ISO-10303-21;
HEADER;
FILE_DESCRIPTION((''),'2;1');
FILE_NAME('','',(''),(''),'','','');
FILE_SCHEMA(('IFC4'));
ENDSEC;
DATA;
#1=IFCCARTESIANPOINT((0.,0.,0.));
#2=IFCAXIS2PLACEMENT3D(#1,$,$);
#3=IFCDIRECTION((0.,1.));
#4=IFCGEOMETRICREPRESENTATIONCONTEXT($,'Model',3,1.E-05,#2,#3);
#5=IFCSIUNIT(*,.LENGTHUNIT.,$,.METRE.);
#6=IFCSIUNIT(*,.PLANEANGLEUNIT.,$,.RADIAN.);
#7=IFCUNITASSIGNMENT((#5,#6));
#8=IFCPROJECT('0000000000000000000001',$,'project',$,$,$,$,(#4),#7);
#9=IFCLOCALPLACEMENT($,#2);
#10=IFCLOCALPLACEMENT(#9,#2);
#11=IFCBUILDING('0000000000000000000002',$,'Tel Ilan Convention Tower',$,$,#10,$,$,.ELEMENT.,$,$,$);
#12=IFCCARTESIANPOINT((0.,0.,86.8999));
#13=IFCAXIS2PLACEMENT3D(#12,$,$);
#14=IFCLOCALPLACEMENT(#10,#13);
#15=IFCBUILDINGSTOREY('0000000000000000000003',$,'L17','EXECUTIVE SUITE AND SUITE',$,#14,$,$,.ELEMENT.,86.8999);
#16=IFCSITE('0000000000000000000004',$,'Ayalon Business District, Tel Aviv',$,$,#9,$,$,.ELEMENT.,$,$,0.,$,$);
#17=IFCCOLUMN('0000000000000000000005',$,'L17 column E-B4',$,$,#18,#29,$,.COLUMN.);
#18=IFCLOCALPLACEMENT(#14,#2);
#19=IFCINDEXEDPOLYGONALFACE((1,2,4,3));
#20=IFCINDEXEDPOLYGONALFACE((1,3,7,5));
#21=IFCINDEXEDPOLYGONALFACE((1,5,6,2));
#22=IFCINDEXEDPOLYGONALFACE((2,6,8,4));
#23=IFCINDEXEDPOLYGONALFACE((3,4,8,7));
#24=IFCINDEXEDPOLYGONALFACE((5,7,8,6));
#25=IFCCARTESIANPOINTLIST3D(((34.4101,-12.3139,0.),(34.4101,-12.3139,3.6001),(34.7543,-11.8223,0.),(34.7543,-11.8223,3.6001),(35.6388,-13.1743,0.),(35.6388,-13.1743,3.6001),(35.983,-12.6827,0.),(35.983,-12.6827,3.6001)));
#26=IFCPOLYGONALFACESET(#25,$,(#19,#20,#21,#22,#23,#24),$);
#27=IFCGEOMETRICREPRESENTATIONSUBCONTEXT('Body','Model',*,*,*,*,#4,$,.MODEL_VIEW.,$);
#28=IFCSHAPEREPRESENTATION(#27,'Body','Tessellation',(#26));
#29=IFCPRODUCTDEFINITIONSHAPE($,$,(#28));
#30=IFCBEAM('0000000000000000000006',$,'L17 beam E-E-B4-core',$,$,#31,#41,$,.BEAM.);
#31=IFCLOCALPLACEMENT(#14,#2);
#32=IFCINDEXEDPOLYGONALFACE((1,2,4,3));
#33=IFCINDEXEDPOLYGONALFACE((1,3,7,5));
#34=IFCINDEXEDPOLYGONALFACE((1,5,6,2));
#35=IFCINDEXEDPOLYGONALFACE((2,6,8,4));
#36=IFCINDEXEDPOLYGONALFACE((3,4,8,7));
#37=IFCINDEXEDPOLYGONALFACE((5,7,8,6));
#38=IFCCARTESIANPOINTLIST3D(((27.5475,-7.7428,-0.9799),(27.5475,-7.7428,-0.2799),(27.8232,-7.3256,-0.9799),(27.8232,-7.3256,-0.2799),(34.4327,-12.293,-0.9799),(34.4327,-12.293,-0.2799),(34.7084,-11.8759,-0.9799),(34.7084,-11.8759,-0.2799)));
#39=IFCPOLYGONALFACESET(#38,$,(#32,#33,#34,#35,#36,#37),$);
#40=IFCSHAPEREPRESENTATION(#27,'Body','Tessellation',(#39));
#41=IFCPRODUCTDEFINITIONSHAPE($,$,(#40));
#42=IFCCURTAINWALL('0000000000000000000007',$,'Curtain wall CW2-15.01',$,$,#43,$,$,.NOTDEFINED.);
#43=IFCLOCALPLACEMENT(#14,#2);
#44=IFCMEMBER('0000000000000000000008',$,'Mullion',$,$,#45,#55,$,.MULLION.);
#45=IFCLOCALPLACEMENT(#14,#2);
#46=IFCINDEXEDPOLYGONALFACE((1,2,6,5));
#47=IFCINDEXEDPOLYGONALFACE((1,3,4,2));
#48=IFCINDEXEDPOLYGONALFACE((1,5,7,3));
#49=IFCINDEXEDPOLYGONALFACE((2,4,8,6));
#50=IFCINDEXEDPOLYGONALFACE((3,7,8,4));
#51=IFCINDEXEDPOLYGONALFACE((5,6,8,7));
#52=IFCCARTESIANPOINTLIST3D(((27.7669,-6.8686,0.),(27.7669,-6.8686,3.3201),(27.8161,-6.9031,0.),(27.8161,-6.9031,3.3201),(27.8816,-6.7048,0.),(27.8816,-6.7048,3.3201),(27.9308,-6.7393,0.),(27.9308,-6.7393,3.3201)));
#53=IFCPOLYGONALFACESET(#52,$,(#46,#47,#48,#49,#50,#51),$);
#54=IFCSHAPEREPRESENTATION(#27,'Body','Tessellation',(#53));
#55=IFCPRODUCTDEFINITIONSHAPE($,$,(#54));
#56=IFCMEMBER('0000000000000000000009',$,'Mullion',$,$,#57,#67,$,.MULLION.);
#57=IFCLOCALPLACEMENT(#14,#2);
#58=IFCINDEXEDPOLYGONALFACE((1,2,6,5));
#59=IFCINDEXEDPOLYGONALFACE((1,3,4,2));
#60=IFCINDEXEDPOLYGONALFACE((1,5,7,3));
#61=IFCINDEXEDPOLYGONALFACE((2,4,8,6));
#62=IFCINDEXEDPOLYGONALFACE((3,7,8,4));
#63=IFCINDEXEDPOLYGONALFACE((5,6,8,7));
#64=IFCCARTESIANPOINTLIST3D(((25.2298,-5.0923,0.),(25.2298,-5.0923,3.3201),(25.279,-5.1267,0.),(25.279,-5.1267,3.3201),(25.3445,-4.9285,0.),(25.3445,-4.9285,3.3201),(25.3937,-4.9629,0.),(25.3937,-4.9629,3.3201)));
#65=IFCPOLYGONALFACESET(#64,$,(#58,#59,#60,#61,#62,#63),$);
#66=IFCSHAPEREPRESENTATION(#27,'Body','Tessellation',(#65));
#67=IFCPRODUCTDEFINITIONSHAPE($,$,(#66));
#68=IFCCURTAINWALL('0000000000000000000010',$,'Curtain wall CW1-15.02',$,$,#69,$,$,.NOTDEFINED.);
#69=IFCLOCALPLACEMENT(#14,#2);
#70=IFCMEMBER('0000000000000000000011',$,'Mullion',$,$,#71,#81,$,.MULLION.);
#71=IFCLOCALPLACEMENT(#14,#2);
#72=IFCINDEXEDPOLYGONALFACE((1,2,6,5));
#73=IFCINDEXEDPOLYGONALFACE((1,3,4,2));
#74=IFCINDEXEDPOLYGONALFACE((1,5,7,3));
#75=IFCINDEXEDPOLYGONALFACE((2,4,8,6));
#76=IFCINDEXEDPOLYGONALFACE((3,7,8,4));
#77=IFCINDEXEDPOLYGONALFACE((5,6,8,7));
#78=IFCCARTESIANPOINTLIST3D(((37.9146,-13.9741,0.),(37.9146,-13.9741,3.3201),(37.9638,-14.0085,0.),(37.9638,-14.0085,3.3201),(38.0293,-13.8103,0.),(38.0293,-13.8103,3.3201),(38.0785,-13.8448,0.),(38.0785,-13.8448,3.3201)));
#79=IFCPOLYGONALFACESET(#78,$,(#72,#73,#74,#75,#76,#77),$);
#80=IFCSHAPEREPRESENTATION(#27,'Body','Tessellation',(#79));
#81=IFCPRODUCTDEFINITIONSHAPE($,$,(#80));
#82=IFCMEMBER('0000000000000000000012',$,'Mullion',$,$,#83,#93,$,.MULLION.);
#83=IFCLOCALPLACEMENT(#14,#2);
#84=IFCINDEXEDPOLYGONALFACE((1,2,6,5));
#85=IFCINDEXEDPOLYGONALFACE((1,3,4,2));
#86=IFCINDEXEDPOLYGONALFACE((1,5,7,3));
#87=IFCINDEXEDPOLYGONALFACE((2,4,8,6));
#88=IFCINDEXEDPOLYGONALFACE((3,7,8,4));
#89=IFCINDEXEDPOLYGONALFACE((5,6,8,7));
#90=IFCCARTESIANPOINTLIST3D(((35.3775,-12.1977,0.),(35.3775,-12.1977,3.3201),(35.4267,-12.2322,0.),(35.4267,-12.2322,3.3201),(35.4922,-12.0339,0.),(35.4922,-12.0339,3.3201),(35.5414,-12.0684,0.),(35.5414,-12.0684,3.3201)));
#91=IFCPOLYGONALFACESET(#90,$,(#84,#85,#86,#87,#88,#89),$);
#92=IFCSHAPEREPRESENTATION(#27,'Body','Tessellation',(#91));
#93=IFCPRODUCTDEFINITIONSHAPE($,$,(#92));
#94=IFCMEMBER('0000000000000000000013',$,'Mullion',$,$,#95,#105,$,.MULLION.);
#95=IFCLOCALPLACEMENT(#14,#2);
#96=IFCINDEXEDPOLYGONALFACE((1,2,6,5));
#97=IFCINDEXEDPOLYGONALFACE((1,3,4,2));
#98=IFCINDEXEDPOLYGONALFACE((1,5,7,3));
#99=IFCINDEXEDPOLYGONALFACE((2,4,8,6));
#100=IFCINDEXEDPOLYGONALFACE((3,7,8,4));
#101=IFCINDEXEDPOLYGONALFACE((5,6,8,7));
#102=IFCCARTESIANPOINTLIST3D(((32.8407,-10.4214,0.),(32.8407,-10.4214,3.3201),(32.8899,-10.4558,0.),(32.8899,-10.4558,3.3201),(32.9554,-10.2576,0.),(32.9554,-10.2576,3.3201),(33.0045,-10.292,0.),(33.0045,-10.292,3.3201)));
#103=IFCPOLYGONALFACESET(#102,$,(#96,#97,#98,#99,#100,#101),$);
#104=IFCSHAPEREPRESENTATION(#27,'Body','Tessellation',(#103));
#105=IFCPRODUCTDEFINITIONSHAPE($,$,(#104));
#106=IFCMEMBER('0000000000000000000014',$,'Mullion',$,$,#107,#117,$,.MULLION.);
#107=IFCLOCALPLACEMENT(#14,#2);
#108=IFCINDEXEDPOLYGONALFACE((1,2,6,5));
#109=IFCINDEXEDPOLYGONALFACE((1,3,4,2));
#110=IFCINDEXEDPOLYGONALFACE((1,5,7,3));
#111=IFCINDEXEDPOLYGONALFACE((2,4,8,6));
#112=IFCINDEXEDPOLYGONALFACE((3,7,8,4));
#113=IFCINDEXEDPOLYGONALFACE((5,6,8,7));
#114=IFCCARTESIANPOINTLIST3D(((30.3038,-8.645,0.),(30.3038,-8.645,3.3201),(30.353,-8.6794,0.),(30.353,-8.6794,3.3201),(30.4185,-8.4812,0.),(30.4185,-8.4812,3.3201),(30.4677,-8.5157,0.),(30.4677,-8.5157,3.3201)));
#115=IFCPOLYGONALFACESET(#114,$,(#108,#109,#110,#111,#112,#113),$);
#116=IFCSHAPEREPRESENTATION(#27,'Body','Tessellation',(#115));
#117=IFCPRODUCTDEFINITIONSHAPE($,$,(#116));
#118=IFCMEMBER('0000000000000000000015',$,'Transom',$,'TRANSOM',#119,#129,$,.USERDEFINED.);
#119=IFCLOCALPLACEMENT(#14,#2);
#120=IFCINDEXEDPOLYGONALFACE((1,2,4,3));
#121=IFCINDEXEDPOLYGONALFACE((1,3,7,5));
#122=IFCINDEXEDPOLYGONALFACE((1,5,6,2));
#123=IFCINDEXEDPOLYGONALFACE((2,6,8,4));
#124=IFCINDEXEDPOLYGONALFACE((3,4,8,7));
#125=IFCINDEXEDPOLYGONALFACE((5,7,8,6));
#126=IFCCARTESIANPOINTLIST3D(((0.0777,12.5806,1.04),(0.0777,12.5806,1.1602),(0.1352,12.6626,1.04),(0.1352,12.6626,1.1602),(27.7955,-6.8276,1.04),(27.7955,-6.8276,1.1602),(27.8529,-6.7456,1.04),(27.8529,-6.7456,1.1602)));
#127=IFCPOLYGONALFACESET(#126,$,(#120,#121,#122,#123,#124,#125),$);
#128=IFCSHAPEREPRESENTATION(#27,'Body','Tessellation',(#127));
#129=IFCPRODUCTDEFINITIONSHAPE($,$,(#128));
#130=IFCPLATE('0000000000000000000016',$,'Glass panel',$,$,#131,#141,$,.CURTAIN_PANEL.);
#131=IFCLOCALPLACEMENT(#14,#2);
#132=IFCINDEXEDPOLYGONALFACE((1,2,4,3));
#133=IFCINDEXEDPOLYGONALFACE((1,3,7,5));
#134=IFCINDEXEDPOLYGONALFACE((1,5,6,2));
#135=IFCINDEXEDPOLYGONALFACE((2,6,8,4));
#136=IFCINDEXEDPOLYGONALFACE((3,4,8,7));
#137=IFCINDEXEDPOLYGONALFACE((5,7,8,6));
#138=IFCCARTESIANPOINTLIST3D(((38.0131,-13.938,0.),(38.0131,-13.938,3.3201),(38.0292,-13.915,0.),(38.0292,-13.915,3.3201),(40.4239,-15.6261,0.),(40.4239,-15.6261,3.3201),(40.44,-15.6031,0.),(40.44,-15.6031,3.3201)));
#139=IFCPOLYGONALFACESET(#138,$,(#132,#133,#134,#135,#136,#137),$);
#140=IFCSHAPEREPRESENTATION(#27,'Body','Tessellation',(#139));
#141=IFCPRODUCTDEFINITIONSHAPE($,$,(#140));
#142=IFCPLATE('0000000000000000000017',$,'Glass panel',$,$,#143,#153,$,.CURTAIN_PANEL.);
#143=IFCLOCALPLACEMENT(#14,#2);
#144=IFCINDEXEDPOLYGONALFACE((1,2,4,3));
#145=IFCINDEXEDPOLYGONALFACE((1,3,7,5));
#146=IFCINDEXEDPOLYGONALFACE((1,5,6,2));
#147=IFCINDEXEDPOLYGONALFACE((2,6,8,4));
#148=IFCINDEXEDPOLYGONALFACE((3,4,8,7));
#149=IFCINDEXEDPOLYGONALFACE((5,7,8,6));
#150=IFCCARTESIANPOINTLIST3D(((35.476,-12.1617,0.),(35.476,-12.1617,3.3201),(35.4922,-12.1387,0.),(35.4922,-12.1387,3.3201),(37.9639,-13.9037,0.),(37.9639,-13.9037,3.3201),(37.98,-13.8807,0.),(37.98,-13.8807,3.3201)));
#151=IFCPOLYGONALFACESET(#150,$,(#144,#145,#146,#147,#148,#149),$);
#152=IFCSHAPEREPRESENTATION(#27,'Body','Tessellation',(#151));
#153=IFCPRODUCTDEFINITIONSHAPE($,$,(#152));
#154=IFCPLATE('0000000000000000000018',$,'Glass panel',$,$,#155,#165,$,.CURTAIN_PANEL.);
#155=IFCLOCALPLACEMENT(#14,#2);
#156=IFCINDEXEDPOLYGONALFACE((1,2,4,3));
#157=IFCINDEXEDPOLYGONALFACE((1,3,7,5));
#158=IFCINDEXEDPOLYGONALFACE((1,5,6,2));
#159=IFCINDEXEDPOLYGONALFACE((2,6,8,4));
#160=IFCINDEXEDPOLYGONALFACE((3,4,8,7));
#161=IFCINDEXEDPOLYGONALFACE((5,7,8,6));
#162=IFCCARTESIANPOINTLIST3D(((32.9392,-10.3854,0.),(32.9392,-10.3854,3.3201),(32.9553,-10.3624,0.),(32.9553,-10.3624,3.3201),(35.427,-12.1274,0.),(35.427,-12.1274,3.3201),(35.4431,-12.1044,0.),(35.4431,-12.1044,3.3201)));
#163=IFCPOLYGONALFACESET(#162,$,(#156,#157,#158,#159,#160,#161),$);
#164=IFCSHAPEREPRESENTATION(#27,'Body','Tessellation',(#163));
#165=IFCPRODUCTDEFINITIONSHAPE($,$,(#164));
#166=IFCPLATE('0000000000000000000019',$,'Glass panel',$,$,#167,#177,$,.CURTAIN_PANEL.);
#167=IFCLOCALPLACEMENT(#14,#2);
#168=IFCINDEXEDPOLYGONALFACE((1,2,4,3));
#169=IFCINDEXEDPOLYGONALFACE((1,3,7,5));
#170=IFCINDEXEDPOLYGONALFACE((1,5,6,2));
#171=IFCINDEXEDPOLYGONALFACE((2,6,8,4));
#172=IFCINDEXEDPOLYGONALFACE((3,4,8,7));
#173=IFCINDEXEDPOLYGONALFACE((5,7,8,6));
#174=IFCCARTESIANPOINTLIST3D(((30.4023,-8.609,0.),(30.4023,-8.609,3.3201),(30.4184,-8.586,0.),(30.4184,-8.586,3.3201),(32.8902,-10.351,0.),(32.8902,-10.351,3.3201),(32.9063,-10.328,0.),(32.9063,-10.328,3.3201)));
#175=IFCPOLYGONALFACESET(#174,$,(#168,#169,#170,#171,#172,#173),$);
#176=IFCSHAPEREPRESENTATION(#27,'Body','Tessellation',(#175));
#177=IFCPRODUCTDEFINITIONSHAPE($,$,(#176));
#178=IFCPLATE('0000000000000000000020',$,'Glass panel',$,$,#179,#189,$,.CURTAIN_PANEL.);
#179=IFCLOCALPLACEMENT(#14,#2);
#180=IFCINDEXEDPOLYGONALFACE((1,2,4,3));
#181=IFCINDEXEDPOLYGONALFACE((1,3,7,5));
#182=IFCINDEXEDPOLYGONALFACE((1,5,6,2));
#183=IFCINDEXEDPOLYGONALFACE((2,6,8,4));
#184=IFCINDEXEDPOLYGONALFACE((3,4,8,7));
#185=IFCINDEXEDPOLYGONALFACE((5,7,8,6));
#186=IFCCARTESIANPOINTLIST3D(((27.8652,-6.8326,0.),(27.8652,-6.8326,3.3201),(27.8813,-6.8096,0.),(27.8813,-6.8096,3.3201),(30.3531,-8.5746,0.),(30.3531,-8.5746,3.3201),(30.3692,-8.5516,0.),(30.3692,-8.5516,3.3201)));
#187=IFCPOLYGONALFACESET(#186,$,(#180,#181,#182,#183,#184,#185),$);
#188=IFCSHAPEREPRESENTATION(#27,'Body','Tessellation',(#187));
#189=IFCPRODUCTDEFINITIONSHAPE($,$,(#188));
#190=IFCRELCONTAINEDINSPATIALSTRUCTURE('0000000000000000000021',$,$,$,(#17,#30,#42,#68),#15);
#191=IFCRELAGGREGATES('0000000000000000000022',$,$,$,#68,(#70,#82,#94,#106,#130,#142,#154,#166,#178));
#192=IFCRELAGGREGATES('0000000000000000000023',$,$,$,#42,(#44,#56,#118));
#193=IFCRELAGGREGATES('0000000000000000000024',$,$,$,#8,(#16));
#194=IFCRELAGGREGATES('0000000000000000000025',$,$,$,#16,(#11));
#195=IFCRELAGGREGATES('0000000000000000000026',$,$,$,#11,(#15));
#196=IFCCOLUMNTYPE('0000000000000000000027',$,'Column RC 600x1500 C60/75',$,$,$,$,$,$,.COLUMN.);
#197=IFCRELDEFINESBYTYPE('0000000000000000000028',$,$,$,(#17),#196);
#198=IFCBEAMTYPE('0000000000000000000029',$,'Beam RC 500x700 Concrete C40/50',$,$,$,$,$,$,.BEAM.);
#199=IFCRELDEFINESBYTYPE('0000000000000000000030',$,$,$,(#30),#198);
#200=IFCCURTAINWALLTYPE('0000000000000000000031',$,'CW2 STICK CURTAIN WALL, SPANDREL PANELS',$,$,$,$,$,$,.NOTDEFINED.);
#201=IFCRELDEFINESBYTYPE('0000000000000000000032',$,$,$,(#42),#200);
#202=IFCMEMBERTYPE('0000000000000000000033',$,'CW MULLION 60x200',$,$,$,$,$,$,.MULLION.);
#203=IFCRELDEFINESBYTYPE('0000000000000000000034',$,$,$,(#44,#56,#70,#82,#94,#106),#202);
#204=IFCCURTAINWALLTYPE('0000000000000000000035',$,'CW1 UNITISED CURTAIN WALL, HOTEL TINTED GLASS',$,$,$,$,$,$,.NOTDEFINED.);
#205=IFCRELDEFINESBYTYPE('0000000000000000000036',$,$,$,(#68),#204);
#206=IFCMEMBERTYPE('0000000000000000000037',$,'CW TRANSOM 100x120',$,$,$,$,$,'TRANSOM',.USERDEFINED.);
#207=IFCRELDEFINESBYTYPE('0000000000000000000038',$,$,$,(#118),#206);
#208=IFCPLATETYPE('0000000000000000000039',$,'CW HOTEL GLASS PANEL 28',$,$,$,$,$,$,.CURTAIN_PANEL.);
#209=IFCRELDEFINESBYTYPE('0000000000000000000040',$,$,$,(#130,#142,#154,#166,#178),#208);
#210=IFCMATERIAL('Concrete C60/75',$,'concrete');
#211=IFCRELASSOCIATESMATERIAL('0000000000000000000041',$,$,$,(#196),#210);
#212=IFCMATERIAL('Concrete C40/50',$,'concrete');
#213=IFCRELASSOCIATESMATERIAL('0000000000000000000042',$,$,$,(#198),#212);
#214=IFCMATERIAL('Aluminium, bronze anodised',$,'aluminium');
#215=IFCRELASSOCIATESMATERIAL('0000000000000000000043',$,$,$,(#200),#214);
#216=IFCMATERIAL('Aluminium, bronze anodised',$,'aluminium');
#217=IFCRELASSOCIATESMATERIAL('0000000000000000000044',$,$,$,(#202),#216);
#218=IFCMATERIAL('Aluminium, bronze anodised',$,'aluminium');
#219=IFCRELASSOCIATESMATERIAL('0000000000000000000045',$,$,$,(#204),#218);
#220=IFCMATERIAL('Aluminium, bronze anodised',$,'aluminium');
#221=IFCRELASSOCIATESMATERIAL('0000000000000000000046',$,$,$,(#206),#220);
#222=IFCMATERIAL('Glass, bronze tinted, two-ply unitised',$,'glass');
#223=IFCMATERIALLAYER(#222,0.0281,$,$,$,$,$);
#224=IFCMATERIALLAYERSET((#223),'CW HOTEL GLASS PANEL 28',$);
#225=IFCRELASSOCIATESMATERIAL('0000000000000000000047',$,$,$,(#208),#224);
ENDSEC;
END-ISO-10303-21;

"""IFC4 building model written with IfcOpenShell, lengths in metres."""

from ifc_helpers import new_model, si_unit, direction, frame, origin, origin_2d, place, context, subcontext, project, spatial, rectangle, extrude, material, layer, layer_set, material_profile, profile_set, type_object, element, aggregate, save


model = new_model("IFC4")

# Units and contexts
model_context = context("Model", 3, precision=1e-05, world=origin(), true_north=direction((0.0, 1.0)))
body_context = subcontext(model_context, "Body", "Model", "MODEL_VIEW")
ifc_project = project(units=[si_unit("LENGTHUNIT", "METRE"), si_unit("PLANEANGLEUNIT", "RADIAN")], contexts=[model_context])

# Site, building, storey
site_placement = place(None, origin())
site = spatial("IfcSite", under=ifc_project, at=site_placement, Name="Ayalon Business District, Tel Aviv", CompositionType="ELEMENT", RefElevation=0.0)
building_placement = place(site_placement, origin())
building = spatial("IfcBuilding", under=site, at=building_placement, Name="Tel Ilan Convention Tower", CompositionType="ELEMENT")
storey_placement = place(building_placement, frame((0.0, 0.0, 86.8999)))
storey = spatial("IfcBuildingStorey", under=building, at=storey_placement, Name="L17", Description="EXECUTIVE SUITE AND SUITE", CompositionType="ELEMENT", Elevation=86.8999)

# Column
ifc_material_1 = material(Name="Concrete C60/75", Category="concrete")
ifc_material_profile_1 = material_profile(ifc_material_1, rectangle(XDim=1.5, YDim=0.6001, at=origin_2d()), Name="RC 600x1500")
ifc_profile_set_1 = profile_set([ifc_material_profile_1], Name="Concrete C60/75")
column_type = type_object("IfcColumnType", Name="Column RC 600x1500 C60/75", PredefinedType="COLUMN", material=ifc_profile_set_1)
column_placement = place(storey_placement, frame((35.1965, -12.4983, 0.0), z_axis=(0.0, 0.0, 1.0), x_axis=(0.819152, -0.573576, 0.0)))
element("IfcColumn", 1, at=column_placement, inside=storey, type_object=column_type, Name="L17 column E-B4", PredefinedType="COLUMN", context=body_context, shape_type="SweptSolid", body=[
    extrude(rectangle(XDim=1.5, YDim=0.6001, at=origin_2d()), origin(), (0.0, 0.0, 1.0), 3.6001),
])

# Beam
ifc_material_2 = material(Name="Concrete C40/50", Category="concrete")
ifc_material_profile_2 = material_profile(ifc_material_2, rectangle(XDim=0.5, YDim=0.7, at=origin_2d()), Name="RC 500x700")
ifc_profile_set_2 = profile_set([ifc_material_profile_2], Name="Concrete C40/50")
beam_type = type_object("IfcBeamType", Name="Beam RC 500x700 Concrete C40/50", PredefinedType="BEAM", material=ifc_profile_set_2)
beam_placement = place(storey_placement, frame((34.5706, -12.0845, -0.6299), z_axis=(-0.834274, 0.551351, 0.0), x_axis=(-0.551351, -0.834274, 0.0)))
element("IfcBeam", 2, at=beam_placement, inside=storey, type_object=beam_type, Name="L17 beam E-E-B4-core", PredefinedType="BEAM", context=body_context, shape_type="SweptSolid", body=[
    extrude(rectangle(XDim=0.5, YDim=0.7, at=origin_2d()), origin(), (0.0, 0.0, 1.0), 8.2529),
])

# Curtain walls, members
ifc_material_3 = material(Name="Aluminium, bronze anodised", Category="aluminium")
curtain_wall_type_1 = type_object("IfcCurtainWallType", Name="CW2 STICK CURTAIN WALL, SPANDREL PANELS", PredefinedType="NOTDEFINED", material=ifc_material_3)
curtain_wall_1_placement = place(storey_placement, origin())
curtain_wall_1 = element("IfcCurtainWall", 3, at=curtain_wall_1_placement, inside=storey, type_object=curtain_wall_type_1, Name="Curtain wall CW2-15.01", PredefinedType="NOTDEFINED")
ifc_material_4 = material(Name="Aluminium, bronze anodised", Category="aluminium")
ifc_material_profile_3 = material_profile(ifc_material_4, rectangle(XDim=0.0601, YDim=0.2, at=origin_2d()), Name="CW MULLION 60x200")
ifc_profile_set_3 = profile_set([ifc_material_profile_3], Name="Aluminium, bronze anodised")
member_type_1 = type_object("IfcMemberType", Name="CW MULLION 60x200", PredefinedType="MULLION", material=ifc_profile_set_3)
member_1_placement = place(storey_placement, frame((27.8489, -6.804, 0.0), z_axis=(0.0, 0.0, 1.0), x_axis=(-0.819152, 0.573576, 0.0)))
member_1 = element("IfcMember", 4, at=member_1_placement, type_object=member_type_1, Name="Mullion", PredefinedType="MULLION", context=body_context, shape_type="SweptSolid", body=[
    extrude(rectangle(XDim=0.0601, YDim=0.2, at=origin_2d()), origin(), (0.0, 0.0, 1.0), 3.3201),
])
member_2_placement = place(storey_placement, frame((25.3118, -5.0276, 0.0), z_axis=(0.0, 0.0, 1.0), x_axis=(-0.819152, 0.573576, 0.0)))
member_2 = element("IfcMember", 5, at=member_2_placement, type_object=member_type_1, Name="Mullion", PredefinedType="MULLION", context=body_context, shape_type="SweptSolid", body=[
    extrude(rectangle(XDim=0.0601, YDim=0.2, at=origin_2d()), origin(), (0.0, 0.0, 1.0), 3.3201),
])
ifc_material_5 = material(Name="Aluminium, bronze anodised", Category="aluminium")
curtain_wall_type_2 = type_object("IfcCurtainWallType", Name="CW1 UNITISED CURTAIN WALL, HOTEL TINTED GLASS", PredefinedType="NOTDEFINED", material=ifc_material_5)
curtain_wall_2_placement = place(storey_placement, origin())
curtain_wall_2 = element("IfcCurtainWall", 6, at=curtain_wall_2_placement, inside=storey, type_object=curtain_wall_type_2, Name="Curtain wall CW1-15.02", PredefinedType="NOTDEFINED")
member_3_placement = place(storey_placement, frame((37.9966, -13.9094, 0.0), z_axis=(0.0, 0.0, 1.0), x_axis=(-0.819152, 0.573576, 0.0)))
member_3 = element("IfcMember", 7, at=member_3_placement, type_object=member_type_1, Name="Mullion", PredefinedType="MULLION", context=body_context, shape_type="SweptSolid", body=[
    extrude(rectangle(XDim=0.0601, YDim=0.2, at=origin_2d()), origin(), (0.0, 0.0, 1.0), 3.3201),
])
member_4_placement = place(storey_placement, frame((35.4595, -12.1331, 0.0), z_axis=(0.0, 0.0, 1.0), x_axis=(-0.819152, 0.573576, 0.0)))
member_4 = element("IfcMember", 8, at=member_4_placement, type_object=member_type_1, Name="Mullion", PredefinedType="MULLION", context=body_context, shape_type="SweptSolid", body=[
    extrude(rectangle(XDim=0.0601, YDim=0.2, at=origin_2d()), origin(), (0.0, 0.0, 1.0), 3.3201),
])
member_5_placement = place(storey_placement, frame((32.9226, -10.3567, 0.0), z_axis=(0.0, 0.0, 1.0), x_axis=(-0.819152, 0.573576, 0.0)))
member_5 = element("IfcMember", 9, at=member_5_placement, type_object=member_type_1, Name="Mullion", PredefinedType="MULLION", context=body_context, shape_type="SweptSolid", body=[
    extrude(rectangle(XDim=0.0601, YDim=0.2, at=origin_2d()), origin(), (0.0, 0.0, 1.0), 3.3201),
])
member_6_placement = place(storey_placement, frame((30.3857, -8.5803, 0.0), z_axis=(0.0, 0.0, 1.0), x_axis=(-0.819152, 0.573576, 0.0)))
member_6 = element("IfcMember", 10, at=member_6_placement, type_object=member_type_1, Name="Mullion", PredefinedType="MULLION", context=body_context, shape_type="SweptSolid", body=[
    extrude(rectangle(XDim=0.0601, YDim=0.2, at=origin_2d()), origin(), (0.0, 0.0, 1.0), 3.3201),
])

# Member
ifc_material_6 = material(Name="Aluminium, bronze anodised", Category="aluminium")
ifc_material_profile_4 = material_profile(ifc_material_6, rectangle(XDim=0.1001, YDim=0.1201, at=origin_2d()), Name="CW TRANSOM 100x120")
ifc_profile_set_4 = profile_set([ifc_material_profile_4], Name="Aluminium, bronze anodised")
member_type_2 = type_object("IfcMemberType", Name="CW TRANSOM 100x120", ElementType="TRANSOM", PredefinedType="USERDEFINED", material=ifc_profile_set_4)
member_7_placement = place(storey_placement, frame((27.8242, -6.7866, 1.1001), z_axis=(-0.819152, 0.573577, 0.0), x_axis=(-0.573577, -0.819152, 0.0)))
member_7 = element("IfcMember", 11, at=member_7_placement, type_object=member_type_2, Name="Transom", ObjectType="TRANSOM", PredefinedType="USERDEFINED", context=body_context, shape_type="SweptSolid", body=[
    extrude(rectangle(XDim=0.1001, YDim=0.1201, at=origin_2d()), origin(), (0.0, 0.0, 1.0), 33.8372),
])

# Plates
ifc_material_7 = material(Name="Glass, bronze tinted, two-ply unitised", Category="glass")
ifc_layer_1 = layer(ifc_material_7, 0.0281)
ifc_layer_set_1 = layer_set([ifc_layer_1], Name="CW HOTEL GLASS PANEL 28")
plate_type_1 = type_object("IfcPlateType", Name="CW HOTEL GLASS PANEL 28", PredefinedType="CURTAIN_PANEL", material=ifc_layer_set_1)
plate_1_placement = place(storey_placement, frame((39.2266, -14.7705, 0.0), z_axis=(0.0, 0.0, 1.0), x_axis=(-0.819152, 0.573576, 0.0)))
plate_1 = element("IfcPlate", 12, at=plate_1_placement, type_object=plate_type_1, Name="Glass panel", PredefinedType="CURTAIN_PANEL", context=body_context, shape_type="SweptSolid", body=[
    extrude(rectangle(XDim=2.9431, YDim=0.0281, at=origin_2d()), origin(), (0.0, 0.0, 1.0), 3.3201),
])
plate_2_placement = place(storey_placement, frame((36.728, -13.0212, 0.0), z_axis=(0.0, 0.0, 1.0), x_axis=(-0.819152, 0.573576, 0.0)))
plate_2 = element("IfcPlate", 13, at=plate_2_placement, type_object=plate_type_1, Name="Glass panel", PredefinedType="CURTAIN_PANEL", context=body_context, shape_type="SweptSolid", body=[
    extrude(rectangle(XDim=3.0371, YDim=0.0281, at=origin_2d()), origin(), (0.0, 0.0, 1.0), 3.3201),
])
plate_3_placement = place(storey_placement, frame((34.1912, -11.2449, 0.0), z_axis=(0.0, 0.0, 1.0), x_axis=(-0.819152, 0.573576, 0.0)))
plate_3 = element("IfcPlate", 14, at=plate_3_placement, type_object=plate_type_1, Name="Glass panel", PredefinedType="CURTAIN_PANEL", context=body_context, shape_type="SweptSolid", body=[
    extrude(rectangle(XDim=3.0371, YDim=0.0281, at=origin_2d()), origin(), (0.0, 0.0, 1.0), 3.3201),
])
plate_4_placement = place(storey_placement, frame((31.6543, -9.4685, 0.0), z_axis=(0.0, 0.0, 1.0), x_axis=(-0.819152, 0.573576, 0.0)))
plate_4 = element("IfcPlate", 15, at=plate_4_placement, type_object=plate_type_1, Name="Glass panel", PredefinedType="CURTAIN_PANEL", context=body_context, shape_type="SweptSolid", body=[
    extrude(rectangle(XDim=3.0371, YDim=0.0281, at=origin_2d()), origin(), (0.0, 0.0, 1.0), 3.3201),
])
plate_5_placement = place(storey_placement, frame((29.1172, -7.6921, 0.0), z_axis=(0.0, 0.0, 1.0), x_axis=(-0.819152, 0.573576, 0.0)))
plate_5 = element("IfcPlate", 16, at=plate_5_placement, type_object=plate_type_1, Name="Glass panel", PredefinedType="CURTAIN_PANEL", context=body_context, shape_type="SweptSolid", body=[
    extrude(rectangle(XDim=3.0371, YDim=0.0281, at=origin_2d()), origin(), (0.0, 0.0, 1.0), 3.3201),
])
aggregate(curtain_wall_2, [member_3, member_4, member_5, member_6, plate_1, plate_2, plate_3, plate_4, plate_5])
aggregate(curtain_wall_1, [member_1, member_2, member_7])

save(model, "model.ifc")
